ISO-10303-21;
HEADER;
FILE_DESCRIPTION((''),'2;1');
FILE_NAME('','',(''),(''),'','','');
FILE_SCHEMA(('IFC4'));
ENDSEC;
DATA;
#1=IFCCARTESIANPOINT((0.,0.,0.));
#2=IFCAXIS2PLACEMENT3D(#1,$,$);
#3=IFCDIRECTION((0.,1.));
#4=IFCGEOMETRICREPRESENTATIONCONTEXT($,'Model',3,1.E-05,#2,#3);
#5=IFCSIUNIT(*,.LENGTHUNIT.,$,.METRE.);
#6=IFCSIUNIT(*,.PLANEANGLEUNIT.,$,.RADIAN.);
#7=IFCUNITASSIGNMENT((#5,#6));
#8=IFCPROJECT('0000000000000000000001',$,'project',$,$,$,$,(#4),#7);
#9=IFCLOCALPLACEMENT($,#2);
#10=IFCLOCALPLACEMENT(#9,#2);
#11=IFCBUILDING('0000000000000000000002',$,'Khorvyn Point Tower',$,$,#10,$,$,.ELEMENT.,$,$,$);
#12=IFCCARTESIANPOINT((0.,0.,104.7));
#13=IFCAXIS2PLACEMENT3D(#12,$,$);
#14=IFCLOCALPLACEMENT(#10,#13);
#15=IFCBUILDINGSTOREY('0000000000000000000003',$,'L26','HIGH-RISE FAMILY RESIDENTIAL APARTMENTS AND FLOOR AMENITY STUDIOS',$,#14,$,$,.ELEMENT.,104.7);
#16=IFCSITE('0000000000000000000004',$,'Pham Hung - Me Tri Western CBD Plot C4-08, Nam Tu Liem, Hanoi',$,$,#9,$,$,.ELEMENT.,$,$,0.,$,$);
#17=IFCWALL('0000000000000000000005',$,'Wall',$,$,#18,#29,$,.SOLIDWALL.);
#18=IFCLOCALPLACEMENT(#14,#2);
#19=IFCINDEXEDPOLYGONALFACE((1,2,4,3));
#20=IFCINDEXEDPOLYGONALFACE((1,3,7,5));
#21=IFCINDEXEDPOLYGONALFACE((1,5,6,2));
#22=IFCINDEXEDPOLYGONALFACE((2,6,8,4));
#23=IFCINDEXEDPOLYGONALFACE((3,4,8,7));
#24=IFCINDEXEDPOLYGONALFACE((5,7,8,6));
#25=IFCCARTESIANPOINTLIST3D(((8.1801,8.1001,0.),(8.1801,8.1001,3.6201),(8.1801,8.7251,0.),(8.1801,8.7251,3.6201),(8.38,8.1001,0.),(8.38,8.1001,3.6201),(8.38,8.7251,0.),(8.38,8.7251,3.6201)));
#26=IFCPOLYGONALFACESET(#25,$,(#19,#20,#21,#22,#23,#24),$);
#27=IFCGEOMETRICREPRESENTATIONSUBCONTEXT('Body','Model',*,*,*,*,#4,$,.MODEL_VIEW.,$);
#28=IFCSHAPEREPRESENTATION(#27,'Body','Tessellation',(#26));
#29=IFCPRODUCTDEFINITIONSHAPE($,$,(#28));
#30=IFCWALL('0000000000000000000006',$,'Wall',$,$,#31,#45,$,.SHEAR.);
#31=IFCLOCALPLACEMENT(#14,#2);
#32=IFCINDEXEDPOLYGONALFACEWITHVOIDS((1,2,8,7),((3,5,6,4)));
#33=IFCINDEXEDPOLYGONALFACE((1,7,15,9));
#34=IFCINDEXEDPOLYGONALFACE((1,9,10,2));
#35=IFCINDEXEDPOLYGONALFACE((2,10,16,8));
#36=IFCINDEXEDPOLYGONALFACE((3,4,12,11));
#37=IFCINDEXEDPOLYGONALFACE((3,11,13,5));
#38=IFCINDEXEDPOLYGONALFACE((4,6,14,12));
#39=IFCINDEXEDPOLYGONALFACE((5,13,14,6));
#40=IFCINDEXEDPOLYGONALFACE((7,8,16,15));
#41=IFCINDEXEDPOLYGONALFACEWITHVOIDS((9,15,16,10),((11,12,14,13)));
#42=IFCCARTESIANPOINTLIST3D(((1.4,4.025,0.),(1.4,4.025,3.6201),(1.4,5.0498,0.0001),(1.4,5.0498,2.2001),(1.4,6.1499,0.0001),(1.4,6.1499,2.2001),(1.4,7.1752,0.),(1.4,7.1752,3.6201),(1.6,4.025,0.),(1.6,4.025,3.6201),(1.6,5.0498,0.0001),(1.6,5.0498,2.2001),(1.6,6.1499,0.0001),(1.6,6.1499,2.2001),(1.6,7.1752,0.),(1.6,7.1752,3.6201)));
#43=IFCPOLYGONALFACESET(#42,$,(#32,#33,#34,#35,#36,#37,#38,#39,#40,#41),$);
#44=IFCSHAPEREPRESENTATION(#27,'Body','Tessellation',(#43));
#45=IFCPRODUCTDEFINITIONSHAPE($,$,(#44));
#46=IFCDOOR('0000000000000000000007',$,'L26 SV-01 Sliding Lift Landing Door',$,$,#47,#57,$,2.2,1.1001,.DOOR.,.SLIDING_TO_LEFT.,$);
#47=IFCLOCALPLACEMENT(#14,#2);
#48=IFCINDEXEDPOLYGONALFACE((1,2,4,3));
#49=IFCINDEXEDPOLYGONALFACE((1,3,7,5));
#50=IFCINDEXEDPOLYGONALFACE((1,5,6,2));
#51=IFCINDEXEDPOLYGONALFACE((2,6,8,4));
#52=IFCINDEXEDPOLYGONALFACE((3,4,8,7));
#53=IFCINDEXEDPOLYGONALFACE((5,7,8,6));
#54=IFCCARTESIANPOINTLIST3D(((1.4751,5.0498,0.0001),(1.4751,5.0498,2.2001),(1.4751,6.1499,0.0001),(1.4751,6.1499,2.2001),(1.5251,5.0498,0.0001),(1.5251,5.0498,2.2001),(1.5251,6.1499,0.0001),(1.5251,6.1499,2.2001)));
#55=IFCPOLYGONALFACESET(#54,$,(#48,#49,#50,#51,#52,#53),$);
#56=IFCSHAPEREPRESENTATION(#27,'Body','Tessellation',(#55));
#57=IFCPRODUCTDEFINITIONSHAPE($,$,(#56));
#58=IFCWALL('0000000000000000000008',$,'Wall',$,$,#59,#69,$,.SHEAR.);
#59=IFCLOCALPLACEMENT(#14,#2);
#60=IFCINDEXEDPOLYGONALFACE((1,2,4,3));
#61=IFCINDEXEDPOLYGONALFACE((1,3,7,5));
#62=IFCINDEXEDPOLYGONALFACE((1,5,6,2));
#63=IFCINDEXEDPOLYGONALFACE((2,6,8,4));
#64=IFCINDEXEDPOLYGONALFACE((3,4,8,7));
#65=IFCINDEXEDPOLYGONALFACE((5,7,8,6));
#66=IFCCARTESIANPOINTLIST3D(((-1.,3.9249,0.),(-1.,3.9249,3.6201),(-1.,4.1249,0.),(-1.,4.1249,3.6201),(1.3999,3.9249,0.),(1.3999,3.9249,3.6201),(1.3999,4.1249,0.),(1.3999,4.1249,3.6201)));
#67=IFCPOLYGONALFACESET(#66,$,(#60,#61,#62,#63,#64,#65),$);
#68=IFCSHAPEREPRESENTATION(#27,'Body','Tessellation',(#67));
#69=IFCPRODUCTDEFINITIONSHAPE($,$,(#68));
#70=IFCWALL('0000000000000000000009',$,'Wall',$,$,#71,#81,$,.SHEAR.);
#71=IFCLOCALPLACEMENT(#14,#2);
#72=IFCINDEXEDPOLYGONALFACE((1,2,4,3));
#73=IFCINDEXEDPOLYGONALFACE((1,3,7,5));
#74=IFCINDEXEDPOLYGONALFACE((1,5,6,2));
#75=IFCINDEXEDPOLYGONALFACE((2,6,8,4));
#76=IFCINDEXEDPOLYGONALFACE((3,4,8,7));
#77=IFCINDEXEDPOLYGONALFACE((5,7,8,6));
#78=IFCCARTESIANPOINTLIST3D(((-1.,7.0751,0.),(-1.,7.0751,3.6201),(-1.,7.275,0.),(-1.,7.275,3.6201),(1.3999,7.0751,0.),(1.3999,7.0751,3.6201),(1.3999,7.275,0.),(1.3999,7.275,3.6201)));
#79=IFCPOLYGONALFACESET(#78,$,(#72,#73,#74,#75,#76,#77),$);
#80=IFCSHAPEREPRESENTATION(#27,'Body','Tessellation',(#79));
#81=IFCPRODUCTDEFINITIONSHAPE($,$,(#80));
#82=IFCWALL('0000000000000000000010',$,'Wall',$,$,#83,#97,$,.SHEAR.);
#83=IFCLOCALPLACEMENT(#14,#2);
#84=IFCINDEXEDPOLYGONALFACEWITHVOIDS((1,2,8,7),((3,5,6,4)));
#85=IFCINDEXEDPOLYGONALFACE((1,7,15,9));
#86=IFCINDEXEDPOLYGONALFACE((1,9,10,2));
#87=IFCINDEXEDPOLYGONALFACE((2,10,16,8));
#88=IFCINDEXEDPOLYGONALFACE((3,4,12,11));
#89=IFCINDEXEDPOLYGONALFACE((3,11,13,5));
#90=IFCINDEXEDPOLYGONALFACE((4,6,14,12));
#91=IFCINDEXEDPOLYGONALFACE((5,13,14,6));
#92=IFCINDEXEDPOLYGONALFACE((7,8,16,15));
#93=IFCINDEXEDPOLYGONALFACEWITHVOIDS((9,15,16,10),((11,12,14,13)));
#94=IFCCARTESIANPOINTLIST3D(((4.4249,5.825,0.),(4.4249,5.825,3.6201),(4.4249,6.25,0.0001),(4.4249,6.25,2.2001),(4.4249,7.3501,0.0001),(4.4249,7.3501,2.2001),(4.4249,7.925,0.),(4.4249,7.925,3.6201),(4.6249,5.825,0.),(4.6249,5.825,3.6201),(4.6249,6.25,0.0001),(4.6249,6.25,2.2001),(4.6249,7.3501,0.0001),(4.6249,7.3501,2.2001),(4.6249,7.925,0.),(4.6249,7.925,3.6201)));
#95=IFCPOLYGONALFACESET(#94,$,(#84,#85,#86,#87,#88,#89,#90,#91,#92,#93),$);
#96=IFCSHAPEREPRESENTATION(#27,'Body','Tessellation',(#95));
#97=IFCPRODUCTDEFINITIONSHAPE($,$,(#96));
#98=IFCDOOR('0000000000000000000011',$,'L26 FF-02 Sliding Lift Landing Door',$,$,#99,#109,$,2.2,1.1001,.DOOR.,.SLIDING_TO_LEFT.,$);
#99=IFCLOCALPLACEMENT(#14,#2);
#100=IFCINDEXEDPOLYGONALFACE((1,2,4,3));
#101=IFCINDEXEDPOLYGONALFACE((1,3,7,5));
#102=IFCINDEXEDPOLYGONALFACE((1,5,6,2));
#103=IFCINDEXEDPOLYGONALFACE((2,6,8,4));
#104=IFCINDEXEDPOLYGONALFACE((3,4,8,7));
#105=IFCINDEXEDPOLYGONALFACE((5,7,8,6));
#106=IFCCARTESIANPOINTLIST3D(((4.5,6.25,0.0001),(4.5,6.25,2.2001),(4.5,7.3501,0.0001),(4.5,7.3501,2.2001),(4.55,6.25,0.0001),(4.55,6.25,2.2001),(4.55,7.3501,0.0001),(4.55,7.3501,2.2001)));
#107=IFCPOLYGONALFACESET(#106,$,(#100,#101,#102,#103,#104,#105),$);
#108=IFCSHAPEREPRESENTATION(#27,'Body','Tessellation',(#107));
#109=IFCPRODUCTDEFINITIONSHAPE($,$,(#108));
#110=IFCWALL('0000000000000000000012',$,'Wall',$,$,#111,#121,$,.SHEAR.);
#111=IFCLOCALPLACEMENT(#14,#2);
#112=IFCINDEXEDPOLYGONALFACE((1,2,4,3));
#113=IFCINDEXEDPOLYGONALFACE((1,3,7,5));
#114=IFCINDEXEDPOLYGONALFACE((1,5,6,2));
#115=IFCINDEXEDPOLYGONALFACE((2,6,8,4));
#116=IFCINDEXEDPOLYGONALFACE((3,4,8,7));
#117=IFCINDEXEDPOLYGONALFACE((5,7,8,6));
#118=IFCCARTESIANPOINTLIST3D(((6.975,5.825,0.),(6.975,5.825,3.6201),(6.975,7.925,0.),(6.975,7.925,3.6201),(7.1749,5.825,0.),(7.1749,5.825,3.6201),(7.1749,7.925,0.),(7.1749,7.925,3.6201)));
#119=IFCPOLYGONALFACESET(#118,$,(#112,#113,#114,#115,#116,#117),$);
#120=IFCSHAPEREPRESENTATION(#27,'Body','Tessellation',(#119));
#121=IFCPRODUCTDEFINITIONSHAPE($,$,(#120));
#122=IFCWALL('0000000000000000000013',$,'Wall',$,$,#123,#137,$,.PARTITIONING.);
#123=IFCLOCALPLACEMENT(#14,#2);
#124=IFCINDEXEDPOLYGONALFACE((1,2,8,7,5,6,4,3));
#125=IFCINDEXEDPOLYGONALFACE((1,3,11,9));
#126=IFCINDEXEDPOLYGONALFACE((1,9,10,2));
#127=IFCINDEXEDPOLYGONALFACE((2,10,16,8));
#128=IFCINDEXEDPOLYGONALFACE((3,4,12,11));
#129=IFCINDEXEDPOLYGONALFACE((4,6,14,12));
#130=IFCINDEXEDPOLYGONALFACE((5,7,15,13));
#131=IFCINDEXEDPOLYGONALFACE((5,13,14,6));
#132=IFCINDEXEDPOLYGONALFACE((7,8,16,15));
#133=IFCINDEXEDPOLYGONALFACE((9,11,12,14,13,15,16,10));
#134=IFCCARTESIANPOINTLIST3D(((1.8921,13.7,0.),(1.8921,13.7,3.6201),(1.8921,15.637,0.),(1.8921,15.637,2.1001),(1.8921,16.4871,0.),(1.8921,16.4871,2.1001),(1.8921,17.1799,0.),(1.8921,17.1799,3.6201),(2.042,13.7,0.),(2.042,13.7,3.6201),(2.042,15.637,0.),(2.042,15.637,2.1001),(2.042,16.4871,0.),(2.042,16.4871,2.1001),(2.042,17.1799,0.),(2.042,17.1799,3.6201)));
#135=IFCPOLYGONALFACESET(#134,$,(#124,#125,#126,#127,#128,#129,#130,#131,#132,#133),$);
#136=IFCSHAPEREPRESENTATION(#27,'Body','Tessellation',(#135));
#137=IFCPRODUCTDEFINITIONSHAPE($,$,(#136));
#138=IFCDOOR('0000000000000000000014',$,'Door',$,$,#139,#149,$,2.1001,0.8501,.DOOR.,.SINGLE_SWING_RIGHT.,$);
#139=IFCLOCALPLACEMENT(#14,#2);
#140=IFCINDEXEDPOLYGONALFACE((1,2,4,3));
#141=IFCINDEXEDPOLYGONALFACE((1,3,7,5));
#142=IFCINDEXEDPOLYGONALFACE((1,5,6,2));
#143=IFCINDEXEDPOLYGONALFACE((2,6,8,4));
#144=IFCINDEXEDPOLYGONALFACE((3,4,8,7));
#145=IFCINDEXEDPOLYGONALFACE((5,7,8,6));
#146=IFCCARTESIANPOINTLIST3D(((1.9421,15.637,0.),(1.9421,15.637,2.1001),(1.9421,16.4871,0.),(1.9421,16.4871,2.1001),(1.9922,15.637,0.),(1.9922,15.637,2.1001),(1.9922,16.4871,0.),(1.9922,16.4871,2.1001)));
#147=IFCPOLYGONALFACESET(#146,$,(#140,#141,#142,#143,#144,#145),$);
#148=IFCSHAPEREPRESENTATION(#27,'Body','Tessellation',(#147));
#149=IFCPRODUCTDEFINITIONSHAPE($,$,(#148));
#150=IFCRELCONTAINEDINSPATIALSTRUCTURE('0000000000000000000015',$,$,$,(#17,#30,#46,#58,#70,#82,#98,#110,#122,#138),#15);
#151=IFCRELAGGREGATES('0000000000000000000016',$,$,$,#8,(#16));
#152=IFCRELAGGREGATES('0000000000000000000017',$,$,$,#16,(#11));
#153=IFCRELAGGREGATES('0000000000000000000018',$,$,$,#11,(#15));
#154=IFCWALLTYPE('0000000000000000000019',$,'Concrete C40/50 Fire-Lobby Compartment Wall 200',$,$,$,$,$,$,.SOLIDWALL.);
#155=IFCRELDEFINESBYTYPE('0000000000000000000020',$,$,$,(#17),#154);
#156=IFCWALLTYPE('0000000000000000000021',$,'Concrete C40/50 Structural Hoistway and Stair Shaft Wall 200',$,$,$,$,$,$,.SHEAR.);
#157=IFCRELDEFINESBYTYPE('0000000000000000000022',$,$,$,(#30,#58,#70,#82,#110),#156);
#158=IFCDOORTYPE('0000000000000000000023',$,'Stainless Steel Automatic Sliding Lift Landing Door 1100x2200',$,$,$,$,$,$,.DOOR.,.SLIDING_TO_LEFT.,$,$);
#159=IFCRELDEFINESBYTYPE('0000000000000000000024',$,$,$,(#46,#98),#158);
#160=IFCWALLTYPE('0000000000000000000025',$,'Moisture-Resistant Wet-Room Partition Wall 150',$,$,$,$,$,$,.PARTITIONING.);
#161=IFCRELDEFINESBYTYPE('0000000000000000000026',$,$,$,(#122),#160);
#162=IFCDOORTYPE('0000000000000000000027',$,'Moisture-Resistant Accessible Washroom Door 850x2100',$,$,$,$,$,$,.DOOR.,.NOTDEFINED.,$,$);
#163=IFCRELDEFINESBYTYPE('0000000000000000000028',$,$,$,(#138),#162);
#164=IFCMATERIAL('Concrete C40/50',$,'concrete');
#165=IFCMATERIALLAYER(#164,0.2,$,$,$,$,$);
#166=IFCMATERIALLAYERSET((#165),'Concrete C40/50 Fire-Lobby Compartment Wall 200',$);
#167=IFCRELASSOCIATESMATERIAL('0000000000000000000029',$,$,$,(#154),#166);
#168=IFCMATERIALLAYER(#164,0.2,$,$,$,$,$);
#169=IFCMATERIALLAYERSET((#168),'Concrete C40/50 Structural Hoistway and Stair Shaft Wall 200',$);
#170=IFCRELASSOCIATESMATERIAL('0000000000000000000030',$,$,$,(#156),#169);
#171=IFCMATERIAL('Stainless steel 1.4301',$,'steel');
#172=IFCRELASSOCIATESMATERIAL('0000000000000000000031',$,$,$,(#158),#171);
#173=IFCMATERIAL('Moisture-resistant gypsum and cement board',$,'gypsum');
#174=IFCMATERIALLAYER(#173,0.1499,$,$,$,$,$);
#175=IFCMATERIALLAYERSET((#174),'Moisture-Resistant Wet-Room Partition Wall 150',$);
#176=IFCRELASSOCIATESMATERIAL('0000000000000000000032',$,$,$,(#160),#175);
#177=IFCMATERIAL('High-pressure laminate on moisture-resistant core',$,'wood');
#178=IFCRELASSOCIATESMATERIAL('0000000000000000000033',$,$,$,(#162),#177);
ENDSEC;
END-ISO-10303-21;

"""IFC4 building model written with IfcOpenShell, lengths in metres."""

from ifc_helpers import new_model, si_unit, direction, frame, frame_2d, origin, place, context, subcontext, project, spatial, rectangle, extrude, material, layer, layer_set, type_object, element, fill, save


model = new_model("IFC4")

# Units and contexts
model_context = context("Model", 3, precision=1e-05, world=origin(), true_north=direction((0.0, 1.0)))
body_context = subcontext(model_context, "Body", "Model", "MODEL_VIEW")
ifc_project = project(units=[si_unit("LENGTHUNIT", "METRE"), si_unit("PLANEANGLEUNIT", "RADIAN")], contexts=[model_context])

# Site, building, storey
site_placement = place(None, origin())
site = spatial("IfcSite", under=ifc_project, at=site_placement, Name="Pham Hung - Me Tri Western CBD Plot C4-08, Nam Tu Liem, Hanoi", CompositionType="ELEMENT", RefElevation=0.0)
building_placement = place(site_placement, origin())
building = spatial("IfcBuilding", under=site, at=building_placement, Name="Khorvyn Point Tower", CompositionType="ELEMENT")
storey_placement = place(building_placement, frame((0.0, 0.0, 104.7)))
storey = spatial("IfcBuildingStorey", under=building, at=storey_placement, Name="L26", Description="HIGH-RISE FAMILY RESIDENTIAL APARTMENTS AND FLOOR AMENITY STUDIOS", CompositionType="ELEMENT", Elevation=104.7)

# Shared definitions
ifc_material_1 = material(Name="Concrete C40/50", Category="concrete")

# Shared definitions
ifc_layer_1 = layer(ifc_material_1, 0.2)
ifc_layer_set_1 = layer_set([ifc_layer_1], Name="Concrete C40/50 Fire-Lobby Compartment Wall 200")
wall_type_1 = type_object("IfcWallType", Name="Concrete C40/50 Fire-Lobby Compartment Wall 200", PredefinedType="SOLIDWALL", material=ifc_layer_set_1)

# Wall
wall_1_placement = place(storey_placement, frame((8.28, 8.1001, 0.0), z_axis=(0.0, 0.0, 1.0), x_axis=(0.0, 1.0, 0.0)))
element("IfcWall", 1, at=wall_1_placement, inside=storey, type_object=wall_type_1, Name="Wall", PredefinedType="SOLIDWALL", context=body_context, shape_type="SweptSolid", body=[
    extrude(rectangle(XDim=0.625, YDim=0.2, at=frame_2d((0.3125, 0.0))), origin(), (0.0, 0.0, 1.0), 3.6201),
])

# Wall, opening, door
ifc_layer_2 = layer(ifc_material_1, 0.2)
ifc_layer_set_2 = layer_set([ifc_layer_2], Name="Concrete C40/50 Structural Hoistway and Stair Shaft Wall 200")
wall_type_2 = type_object("IfcWallType", Name="Concrete C40/50 Structural Hoistway and Stair Shaft Wall 200", PredefinedType="SHEAR", material=ifc_layer_set_2)
wall_2_placement = place(storey_placement, frame((1.5, 4.0249, 0.0), z_axis=(0.0, 0.0, 1.0), x_axis=(0.0, 1.0, 0.0)))
wall_2 = element("IfcWall", 2, at=wall_2_placement, inside=storey, type_object=wall_type_2, Name="Wall", PredefinedType="SHEAR", context=body_context, shape_type="SweptSolid", body=[
    extrude(rectangle(XDim=3.1501, YDim=0.2, at=frame_2d((1.5752, 0.0))), origin(), (0.0, 0.0, 1.0), 3.6201),
])
opening_1_placement = place(wall_2_placement, frame((1.0249, 0.0, 0.0)))
opening_1 = element("IfcOpeningElement", 3, at=opening_1_placement, cuts=wall_2, PredefinedType="OPENING", context=body_context, shape_type="SweptSolid", body=[
    extrude(rectangle(XDim=1.1001, YDim=2.2, at=frame_2d((0.55, 1.1001))), frame((0.0, 0.1099, 0.0), z_axis=(0.0, -1.0, 0.0), x_axis=(1.0, 0.0, 0.0)), (0.0, 0.0, 1.0), 0.22),
])
ifc_material_2 = material(Name="Stainless steel 1.4301", Category="steel")
door_type_1 = type_object("IfcDoorType", Name="Stainless Steel Automatic Sliding Lift Landing Door 1100x2200", OperationType="SLIDING_TO_LEFT", PredefinedType="DOOR", material=ifc_material_2)
door_1_placement = place(opening_1_placement, origin())
door_1 = element("IfcDoor", 4, at=door_1_placement, inside=storey, type_object=door_type_1, Name="L26 SV-01 Sliding Lift Landing Door", OperationType="SLIDING_TO_LEFT", OverallHeight=2.2, OverallWidth=1.1001, PredefinedType="DOOR", context=body_context, shape_type="SweptSolid", body=[
    extrude(rectangle(XDim=1.1001, YDim=2.2, at=frame_2d((0.55, 1.1001))), frame((0.0, 0.0249, 0.0), z_axis=(0.0, -1.0, 0.0), x_axis=(1.0, 0.0, 0.0)), (0.0, 0.0, 1.0), 0.05),
])
fill(opening_1, door_1)

# Walls
for number, where, z_axis, x_axis, name in (
    (5, (-1.0, 4.0249, 0.0), (0.0, 0.0, 1.0), (1.0, 0.0, 0.0), "Wall"),
    (6, (-1.0, 7.175, 0.0), (0.0, 0.0, 1.0), (1.0, 0.0, 0.0), "Wall"),
):
    element("IfcWall", number, at=place(storey_placement, frame(where, z_axis=z_axis, x_axis=x_axis)), inside=storey, type_object=wall_type_2, Name=name, PredefinedType="SHEAR", context=body_context, shape_type="SweptSolid", body=[
        extrude(rectangle(XDim=2.3999, YDim=0.2, at=frame_2d((1.2, 0.0))), origin(), (0.0, 0.0, 1.0), 3.6201),
    ])

# Wall, opening, door
wall_3_placement = place(storey_placement, frame((4.5249, 5.825, 0.0), z_axis=(0.0, 0.0, 1.0), x_axis=(0.0, 1.0, 0.0)))
wall_3 = element("IfcWall", 7, at=wall_3_placement, inside=storey, type_object=wall_type_2, Name="Wall", PredefinedType="SHEAR", context=body_context, shape_type="SweptSolid", body=[
    extrude(rectangle(XDim=2.1001, YDim=0.2, at=frame_2d((1.05, 0.0))), origin(), (0.0, 0.0, 1.0), 3.6201),
])
opening_2_placement = place(wall_3_placement, frame((0.425, 0.0, 0.0)))
opening_2 = element("IfcOpeningElement", 8, at=opening_2_placement, cuts=wall_3, PredefinedType="OPENING", context=body_context, shape_type="SweptSolid", body=[
    extrude(rectangle(XDim=1.1001, YDim=2.2, at=frame_2d((0.55, 1.1001))), frame((0.0, 0.1099, 0.0), z_axis=(0.0, -1.0, 0.0), x_axis=(1.0, 0.0, 0.0)), (0.0, 0.0, 1.0), 0.22),
])
door_2_placement = place(opening_2_placement, origin())
door_2 = element("IfcDoor", 9, at=door_2_placement, inside=storey, type_object=door_type_1, Name="L26 FF-02 Sliding Lift Landing Door", OperationType="SLIDING_TO_LEFT", OverallHeight=2.2, OverallWidth=1.1001, PredefinedType="DOOR", context=body_context, shape_type="SweptSolid", body=[
    extrude(rectangle(XDim=1.1001, YDim=2.2, at=frame_2d((0.55, 1.1001))), frame((0.0, 0.0249, 0.0), z_axis=(0.0, -1.0, 0.0), x_axis=(1.0, 0.0, 0.0)), (0.0, 0.0, 1.0), 0.05),
])
fill(opening_2, door_2)

# Wall
wall_4_placement = place(storey_placement, frame((7.075, 5.825, 0.0), z_axis=(0.0, 0.0, 1.0), x_axis=(0.0, 1.0, 0.0)))
element("IfcWall", 10, at=wall_4_placement, inside=storey, type_object=wall_type_2, Name="Wall", PredefinedType="SHEAR", context=body_context, shape_type="SweptSolid", body=[
    extrude(rectangle(XDim=2.1001, YDim=0.2, at=frame_2d((1.05, 0.0))), origin(), (0.0, 0.0, 1.0), 3.6201),
])

# Wall, opening, door
ifc_material_3 = material(Name="Moisture-resistant gypsum and cement board", Category="gypsum")
ifc_layer_3 = layer(ifc_material_3, 0.1499)
ifc_layer_set_3 = layer_set([ifc_layer_3], Name="Moisture-Resistant Wet-Room Partition Wall 150")
wall_type_3 = type_object("IfcWallType", Name="Moisture-Resistant Wet-Room Partition Wall 150", PredefinedType="PARTITIONING", material=ifc_layer_set_3)
wall_5_placement = place(storey_placement, frame((1.967, 13.7, 0.0), z_axis=(0.0, 0.0, 1.0), x_axis=(0.0, 1.0, 0.0)))
wall_5 = element("IfcWall", 11, at=wall_5_placement, inside=storey, type_object=wall_type_3, Name="Wall", PredefinedType="PARTITIONING", context=body_context, shape_type="SweptSolid", body=[
    extrude(rectangle(XDim=3.48, YDim=0.1499, at=frame_2d((1.74, 0.0))), origin(), (0.0, 0.0, 1.0), 3.6201),
])
opening_3_placement = place(wall_5_placement, frame((1.937, 0.0, 0.0)))
opening_3 = element("IfcOpeningElement", 12, at=opening_3_placement, cuts=wall_5, PredefinedType="OPENING", context=body_context, shape_type="SweptSolid", body=[
    extrude(rectangle(XDim=0.8501, YDim=2.1001, at=frame_2d((0.425, 1.05))), frame((0.0, 0.085, 0.0), z_axis=(0.0, -1.0, 0.0), x_axis=(1.0, 0.0, 0.0)), (0.0, 0.0, 1.0), 0.1699),
])
ifc_material_4 = material(Name="High-pressure laminate on moisture-resistant core", Category="wood")
door_type_2 = type_object("IfcDoorType", Name="Moisture-Resistant Accessible Washroom Door 850x2100", OperationType="NOTDEFINED", PredefinedType="DOOR", material=ifc_material_4)
door_3_placement = place(opening_3_placement, origin())
door_3 = element("IfcDoor", 13, at=door_3_placement, inside=storey, type_object=door_type_2, Name="Door", OperationType="SINGLE_SWING_RIGHT", OverallHeight=2.1001, OverallWidth=0.8501, PredefinedType="DOOR", context=body_context, shape_type="SweptSolid", body=[
    extrude(rectangle(XDim=0.8501, YDim=2.1001, at=frame_2d((0.425, 1.05))), frame((0.0, 0.0249, 0.0), z_axis=(0.0, -1.0, 0.0), x_axis=(1.0, 0.0, 0.0)), (0.0, 0.0, 1.0), 0.05),
])
fill(opening_3, door_3)

save(model, "model.ifc")
